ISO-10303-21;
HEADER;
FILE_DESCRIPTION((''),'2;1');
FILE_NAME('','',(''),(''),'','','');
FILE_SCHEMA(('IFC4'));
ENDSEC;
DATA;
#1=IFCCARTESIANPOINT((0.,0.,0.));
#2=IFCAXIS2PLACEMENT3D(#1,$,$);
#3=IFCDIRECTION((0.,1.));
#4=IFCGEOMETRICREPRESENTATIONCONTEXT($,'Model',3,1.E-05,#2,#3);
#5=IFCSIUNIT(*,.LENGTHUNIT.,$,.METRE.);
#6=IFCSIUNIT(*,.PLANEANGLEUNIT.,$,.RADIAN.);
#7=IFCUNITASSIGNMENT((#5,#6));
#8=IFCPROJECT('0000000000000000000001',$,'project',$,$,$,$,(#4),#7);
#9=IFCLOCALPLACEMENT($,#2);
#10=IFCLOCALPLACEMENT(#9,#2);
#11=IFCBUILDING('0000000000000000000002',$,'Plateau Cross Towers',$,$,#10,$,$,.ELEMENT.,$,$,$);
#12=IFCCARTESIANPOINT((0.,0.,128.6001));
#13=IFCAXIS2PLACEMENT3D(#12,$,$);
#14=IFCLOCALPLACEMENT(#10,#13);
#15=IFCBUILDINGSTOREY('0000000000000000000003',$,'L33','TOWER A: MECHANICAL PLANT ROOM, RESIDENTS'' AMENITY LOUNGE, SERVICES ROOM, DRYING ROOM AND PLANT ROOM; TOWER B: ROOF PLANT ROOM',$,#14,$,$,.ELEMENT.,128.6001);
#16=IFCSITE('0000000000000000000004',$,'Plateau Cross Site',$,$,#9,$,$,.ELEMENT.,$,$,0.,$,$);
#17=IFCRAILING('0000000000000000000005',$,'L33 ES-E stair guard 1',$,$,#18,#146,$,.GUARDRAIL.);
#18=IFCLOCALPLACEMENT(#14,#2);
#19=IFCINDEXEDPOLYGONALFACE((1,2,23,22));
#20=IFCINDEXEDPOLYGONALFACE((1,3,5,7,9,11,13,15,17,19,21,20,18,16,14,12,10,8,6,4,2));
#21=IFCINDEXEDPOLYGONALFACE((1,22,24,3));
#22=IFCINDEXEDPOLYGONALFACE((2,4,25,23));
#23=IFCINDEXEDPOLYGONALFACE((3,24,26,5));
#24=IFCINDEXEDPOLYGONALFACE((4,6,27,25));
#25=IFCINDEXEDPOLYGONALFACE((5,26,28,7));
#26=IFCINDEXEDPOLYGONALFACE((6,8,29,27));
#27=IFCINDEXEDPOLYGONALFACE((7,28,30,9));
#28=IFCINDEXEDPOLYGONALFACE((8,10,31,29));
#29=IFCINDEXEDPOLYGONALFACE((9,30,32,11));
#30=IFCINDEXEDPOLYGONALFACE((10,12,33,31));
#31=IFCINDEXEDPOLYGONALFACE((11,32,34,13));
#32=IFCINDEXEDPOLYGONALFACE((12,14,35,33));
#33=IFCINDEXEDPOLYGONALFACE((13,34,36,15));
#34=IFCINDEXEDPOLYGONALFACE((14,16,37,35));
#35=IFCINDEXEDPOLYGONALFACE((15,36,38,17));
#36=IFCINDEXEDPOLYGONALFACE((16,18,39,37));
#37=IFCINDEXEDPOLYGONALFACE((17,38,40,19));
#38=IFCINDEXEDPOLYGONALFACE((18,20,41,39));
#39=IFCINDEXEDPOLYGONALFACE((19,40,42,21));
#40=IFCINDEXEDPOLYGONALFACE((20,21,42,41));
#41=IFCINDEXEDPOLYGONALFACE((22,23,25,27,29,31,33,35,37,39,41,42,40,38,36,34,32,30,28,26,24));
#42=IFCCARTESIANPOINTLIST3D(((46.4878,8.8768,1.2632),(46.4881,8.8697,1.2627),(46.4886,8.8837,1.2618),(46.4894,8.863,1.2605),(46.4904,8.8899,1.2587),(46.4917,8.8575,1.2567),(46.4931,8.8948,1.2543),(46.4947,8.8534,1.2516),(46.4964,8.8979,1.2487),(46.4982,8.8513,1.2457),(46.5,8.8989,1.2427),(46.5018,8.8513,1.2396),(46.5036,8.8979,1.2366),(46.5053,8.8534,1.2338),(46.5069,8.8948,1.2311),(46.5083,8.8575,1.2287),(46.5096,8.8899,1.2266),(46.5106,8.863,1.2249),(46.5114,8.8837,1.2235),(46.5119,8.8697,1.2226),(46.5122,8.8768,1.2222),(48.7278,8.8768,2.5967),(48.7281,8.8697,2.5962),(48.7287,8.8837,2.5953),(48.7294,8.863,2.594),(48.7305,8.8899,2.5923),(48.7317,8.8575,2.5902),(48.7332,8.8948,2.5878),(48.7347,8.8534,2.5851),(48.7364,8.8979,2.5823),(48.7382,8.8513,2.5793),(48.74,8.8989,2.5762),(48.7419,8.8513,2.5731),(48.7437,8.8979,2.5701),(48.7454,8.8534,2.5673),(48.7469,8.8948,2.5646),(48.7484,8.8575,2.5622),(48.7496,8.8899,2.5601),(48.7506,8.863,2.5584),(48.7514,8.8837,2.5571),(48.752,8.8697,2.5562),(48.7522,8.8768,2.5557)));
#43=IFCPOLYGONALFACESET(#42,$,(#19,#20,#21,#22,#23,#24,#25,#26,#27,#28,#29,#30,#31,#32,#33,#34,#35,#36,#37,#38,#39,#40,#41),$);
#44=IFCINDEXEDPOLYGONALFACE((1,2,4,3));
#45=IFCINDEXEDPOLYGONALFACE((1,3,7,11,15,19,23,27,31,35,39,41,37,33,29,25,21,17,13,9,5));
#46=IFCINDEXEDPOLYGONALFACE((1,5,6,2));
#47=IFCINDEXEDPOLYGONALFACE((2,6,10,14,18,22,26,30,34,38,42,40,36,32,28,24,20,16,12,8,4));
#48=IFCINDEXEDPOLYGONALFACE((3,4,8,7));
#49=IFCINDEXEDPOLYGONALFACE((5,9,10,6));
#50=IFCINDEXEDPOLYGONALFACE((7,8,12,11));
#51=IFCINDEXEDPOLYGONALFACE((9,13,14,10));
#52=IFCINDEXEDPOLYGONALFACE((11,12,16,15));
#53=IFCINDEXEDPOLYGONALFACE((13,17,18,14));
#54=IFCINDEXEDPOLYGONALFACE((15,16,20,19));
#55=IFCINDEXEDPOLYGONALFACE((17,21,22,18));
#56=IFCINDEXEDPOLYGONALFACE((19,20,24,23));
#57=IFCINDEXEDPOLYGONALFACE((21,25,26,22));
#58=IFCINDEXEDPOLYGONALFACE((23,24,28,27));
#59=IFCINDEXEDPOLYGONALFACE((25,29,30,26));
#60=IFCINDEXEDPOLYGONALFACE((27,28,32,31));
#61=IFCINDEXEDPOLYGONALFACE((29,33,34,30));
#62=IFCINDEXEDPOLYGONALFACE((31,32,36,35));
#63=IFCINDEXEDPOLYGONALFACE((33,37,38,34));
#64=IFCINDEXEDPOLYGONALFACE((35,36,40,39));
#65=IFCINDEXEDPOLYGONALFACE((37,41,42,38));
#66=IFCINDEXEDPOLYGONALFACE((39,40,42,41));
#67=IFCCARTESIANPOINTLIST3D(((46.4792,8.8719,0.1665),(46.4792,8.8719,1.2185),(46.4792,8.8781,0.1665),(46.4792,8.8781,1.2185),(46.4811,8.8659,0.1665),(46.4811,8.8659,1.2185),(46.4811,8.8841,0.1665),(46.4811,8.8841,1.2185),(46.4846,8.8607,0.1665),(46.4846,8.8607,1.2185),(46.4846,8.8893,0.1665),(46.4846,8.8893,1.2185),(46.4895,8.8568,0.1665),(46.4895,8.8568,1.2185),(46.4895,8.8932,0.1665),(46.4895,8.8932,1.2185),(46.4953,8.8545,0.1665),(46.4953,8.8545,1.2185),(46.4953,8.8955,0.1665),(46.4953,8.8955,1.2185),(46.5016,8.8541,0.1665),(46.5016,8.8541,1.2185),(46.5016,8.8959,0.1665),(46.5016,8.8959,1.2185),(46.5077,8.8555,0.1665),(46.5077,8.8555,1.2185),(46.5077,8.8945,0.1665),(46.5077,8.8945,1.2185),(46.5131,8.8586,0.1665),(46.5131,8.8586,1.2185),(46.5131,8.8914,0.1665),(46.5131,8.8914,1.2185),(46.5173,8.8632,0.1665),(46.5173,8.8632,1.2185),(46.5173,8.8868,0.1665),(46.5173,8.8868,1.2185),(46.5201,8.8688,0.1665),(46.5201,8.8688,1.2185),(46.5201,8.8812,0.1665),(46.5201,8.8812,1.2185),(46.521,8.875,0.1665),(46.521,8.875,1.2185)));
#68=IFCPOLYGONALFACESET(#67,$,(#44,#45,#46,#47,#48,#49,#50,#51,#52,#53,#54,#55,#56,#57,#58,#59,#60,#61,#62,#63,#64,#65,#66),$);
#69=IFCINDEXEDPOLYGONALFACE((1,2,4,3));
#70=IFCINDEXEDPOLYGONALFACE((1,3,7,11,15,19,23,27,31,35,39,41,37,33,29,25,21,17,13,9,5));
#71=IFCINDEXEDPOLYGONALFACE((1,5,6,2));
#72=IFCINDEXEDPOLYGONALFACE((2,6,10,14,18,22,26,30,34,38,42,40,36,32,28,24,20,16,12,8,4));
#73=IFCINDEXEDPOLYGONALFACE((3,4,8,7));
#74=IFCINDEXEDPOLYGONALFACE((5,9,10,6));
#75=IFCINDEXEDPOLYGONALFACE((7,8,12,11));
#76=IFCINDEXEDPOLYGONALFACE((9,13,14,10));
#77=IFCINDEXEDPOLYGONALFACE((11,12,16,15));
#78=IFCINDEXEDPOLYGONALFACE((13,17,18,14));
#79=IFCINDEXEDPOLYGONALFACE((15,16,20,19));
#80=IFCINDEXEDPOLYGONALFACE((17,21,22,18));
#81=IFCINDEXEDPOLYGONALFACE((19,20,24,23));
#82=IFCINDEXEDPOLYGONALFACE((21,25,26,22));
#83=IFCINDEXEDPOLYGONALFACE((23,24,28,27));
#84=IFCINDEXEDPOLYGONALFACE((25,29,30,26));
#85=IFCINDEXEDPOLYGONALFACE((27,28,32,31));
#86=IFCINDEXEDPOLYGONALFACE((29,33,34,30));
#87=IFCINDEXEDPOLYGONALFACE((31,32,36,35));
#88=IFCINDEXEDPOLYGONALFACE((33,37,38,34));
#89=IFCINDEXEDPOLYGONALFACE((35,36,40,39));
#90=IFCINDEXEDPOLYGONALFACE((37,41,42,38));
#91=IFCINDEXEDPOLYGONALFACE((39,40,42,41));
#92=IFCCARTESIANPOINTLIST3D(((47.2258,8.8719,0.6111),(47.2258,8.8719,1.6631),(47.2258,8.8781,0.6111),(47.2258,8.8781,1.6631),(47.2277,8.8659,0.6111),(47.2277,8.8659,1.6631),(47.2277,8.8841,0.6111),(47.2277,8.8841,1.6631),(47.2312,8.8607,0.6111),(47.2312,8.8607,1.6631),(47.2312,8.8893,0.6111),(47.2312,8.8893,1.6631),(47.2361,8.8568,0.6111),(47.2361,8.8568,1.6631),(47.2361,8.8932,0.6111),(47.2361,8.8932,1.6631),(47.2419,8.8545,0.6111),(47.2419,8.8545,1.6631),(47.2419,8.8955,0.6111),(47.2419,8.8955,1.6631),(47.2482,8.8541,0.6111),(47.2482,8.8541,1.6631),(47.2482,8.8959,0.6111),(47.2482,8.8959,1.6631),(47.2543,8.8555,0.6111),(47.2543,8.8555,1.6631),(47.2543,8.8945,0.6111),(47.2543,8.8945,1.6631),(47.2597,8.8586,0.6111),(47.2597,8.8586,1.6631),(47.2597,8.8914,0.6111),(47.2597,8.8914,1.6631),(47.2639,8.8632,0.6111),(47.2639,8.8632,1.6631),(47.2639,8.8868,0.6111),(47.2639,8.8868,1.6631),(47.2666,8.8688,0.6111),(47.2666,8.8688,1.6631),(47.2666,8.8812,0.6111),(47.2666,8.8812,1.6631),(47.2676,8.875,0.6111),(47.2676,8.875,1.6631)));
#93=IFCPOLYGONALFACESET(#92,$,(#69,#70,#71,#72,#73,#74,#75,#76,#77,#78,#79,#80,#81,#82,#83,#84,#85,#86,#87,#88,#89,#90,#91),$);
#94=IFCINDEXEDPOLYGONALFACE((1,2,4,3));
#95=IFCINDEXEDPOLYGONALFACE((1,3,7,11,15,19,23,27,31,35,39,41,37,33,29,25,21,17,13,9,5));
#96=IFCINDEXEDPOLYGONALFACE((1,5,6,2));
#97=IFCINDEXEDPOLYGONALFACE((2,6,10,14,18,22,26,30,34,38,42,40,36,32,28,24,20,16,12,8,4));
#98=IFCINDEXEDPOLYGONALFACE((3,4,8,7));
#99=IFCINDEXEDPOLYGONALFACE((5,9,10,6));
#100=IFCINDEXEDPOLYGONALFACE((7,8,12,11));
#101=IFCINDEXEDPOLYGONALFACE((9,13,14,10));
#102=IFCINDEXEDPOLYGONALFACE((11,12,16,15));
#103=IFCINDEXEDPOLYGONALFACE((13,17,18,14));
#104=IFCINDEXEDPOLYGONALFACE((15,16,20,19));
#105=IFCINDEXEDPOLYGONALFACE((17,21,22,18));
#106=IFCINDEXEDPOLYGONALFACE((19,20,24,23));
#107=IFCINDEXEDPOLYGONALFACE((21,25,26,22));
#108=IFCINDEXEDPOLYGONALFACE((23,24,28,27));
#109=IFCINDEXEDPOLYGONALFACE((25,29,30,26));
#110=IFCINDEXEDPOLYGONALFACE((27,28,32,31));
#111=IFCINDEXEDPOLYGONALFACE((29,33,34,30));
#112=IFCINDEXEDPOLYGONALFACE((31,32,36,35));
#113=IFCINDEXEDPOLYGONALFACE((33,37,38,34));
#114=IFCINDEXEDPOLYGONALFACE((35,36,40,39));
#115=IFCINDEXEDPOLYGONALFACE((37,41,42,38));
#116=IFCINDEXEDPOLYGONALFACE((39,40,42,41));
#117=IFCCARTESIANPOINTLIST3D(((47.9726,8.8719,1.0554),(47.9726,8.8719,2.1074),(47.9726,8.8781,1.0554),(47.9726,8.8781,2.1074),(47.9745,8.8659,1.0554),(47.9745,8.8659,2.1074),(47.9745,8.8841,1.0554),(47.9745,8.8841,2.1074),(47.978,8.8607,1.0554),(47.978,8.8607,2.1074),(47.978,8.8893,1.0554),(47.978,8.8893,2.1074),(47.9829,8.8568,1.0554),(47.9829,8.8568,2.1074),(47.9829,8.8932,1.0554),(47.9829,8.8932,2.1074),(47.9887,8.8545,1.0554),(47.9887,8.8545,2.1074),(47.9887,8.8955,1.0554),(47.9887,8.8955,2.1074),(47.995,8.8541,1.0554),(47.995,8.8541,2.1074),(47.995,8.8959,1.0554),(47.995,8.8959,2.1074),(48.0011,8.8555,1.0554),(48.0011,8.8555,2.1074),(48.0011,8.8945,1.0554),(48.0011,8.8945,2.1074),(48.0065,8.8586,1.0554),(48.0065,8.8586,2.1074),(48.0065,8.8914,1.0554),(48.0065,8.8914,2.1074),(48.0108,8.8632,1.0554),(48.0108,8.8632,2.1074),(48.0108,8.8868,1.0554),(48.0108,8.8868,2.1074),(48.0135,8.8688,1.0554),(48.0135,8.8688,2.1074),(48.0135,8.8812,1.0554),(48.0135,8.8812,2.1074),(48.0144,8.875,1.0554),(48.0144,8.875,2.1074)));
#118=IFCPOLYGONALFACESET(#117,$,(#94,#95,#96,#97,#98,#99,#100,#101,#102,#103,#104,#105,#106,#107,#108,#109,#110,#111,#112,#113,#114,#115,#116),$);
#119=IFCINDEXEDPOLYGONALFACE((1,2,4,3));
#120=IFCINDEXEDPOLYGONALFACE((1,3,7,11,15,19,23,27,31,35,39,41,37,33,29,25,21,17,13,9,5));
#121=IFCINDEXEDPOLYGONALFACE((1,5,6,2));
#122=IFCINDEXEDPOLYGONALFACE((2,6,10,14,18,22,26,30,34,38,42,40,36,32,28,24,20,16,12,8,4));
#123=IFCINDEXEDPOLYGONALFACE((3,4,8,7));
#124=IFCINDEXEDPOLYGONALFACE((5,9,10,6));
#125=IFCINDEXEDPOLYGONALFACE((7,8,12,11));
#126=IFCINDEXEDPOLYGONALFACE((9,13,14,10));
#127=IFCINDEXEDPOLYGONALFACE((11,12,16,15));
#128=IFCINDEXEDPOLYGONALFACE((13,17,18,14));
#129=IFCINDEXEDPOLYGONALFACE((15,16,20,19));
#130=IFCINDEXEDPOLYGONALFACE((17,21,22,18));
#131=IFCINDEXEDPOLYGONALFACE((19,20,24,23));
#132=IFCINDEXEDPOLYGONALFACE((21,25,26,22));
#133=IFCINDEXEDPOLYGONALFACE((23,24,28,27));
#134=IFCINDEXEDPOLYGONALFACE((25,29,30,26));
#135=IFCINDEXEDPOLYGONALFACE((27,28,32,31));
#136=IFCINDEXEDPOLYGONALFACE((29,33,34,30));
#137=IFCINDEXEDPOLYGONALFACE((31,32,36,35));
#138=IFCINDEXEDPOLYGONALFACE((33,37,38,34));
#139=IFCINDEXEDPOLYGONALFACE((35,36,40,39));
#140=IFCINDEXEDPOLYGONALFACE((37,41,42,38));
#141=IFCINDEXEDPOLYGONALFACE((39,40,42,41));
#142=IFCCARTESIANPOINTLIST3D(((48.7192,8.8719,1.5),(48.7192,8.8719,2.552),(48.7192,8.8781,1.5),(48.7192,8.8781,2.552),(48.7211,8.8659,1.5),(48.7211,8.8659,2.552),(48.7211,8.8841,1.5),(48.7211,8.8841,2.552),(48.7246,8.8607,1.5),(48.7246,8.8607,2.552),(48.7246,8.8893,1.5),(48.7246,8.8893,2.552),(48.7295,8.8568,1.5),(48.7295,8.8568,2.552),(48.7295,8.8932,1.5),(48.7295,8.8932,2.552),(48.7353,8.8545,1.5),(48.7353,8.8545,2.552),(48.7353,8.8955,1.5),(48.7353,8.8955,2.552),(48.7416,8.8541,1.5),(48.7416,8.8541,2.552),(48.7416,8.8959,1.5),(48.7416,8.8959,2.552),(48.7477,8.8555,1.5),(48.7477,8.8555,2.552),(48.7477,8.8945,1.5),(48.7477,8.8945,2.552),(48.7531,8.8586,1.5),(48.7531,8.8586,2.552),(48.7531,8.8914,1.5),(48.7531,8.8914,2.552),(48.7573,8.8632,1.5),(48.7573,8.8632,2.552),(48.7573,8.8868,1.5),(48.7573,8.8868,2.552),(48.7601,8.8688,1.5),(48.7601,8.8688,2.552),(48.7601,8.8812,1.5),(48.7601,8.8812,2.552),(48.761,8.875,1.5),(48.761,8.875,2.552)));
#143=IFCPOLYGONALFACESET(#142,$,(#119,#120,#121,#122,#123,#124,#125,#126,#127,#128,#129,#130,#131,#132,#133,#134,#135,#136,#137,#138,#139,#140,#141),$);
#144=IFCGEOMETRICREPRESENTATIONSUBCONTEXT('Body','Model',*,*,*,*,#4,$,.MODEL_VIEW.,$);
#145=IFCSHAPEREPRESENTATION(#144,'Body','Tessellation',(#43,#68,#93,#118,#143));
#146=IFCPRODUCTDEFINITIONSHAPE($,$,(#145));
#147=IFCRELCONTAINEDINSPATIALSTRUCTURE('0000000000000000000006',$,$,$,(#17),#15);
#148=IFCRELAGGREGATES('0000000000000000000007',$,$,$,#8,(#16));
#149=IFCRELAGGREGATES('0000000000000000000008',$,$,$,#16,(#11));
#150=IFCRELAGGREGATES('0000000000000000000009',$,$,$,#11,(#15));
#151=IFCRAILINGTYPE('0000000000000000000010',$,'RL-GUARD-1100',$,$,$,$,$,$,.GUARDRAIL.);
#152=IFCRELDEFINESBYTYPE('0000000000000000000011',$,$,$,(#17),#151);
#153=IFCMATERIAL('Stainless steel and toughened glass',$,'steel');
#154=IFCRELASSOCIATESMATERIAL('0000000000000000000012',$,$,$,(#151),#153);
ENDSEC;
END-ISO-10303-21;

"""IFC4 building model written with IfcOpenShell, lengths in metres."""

from ifc_helpers import new_model, si_unit, direction, frame, origin, origin_2d, place, context, subcontext, project, spatial, circle, extrude, material, type_object, element, save


model = new_model("IFC4")

# Units and contexts
model_context = context("Model", 3, precision=1e-05, world=origin(), true_north=direction((0.0, 1.0)))
body_context = subcontext(model_context, "Body", "Model", "MODEL_VIEW")
ifc_project = project(units=[si_unit("LENGTHUNIT", "METRE"), si_unit("PLANEANGLEUNIT", "RADIAN")], contexts=[model_context])

# Site, building, storey
site_placement = place(None, origin())
site = spatial("IfcSite", under=ifc_project, at=site_placement, Name="Plateau Cross Site", CompositionType="ELEMENT", RefElevation=0.0)
building_placement = place(site_placement, origin())
building = spatial("IfcBuilding", under=site, at=building_placement, Name="Plateau Cross Towers", CompositionType="ELEMENT")
storey_placement = place(building_placement, frame((0.0, 0.0, 128.6001)))
storey = spatial("IfcBuildingStorey", under=building, at=storey_placement, Name="L33", Description="TOWER A: MECHANICAL PLANT ROOM, RESIDENTS' AMENITY LOUNGE, SERVICES ROOM, DRYING ROOM AND PLANT ROOM; TOWER B: ROOF PLANT ROOM", CompositionType="ELEMENT", Elevation=128.6001)

# Railing
ifc_material_1 = material(Name="Stainless steel and toughened glass", Category="steel")
railing_type_1 = type_object("IfcRailingType", Name="RL-GUARD-1100", PredefinedType="GUARDRAIL", material=ifc_material_1)
railing_1_placement = place(storey_placement, frame((46.5, 8.875, 0.1665)))
element("IfcRailing", 1, at=railing_1_placement, inside=storey, type_object=railing_type_1, Name="L33 ES-E stair guard 1", PredefinedType="GUARDRAIL", context=body_context, shape_type="SweptSolid", body=[
    extrude(circle(Radius=0.0239, at=origin_2d()), frame((0.0, 0.0, 1.0762), z_axis=(0.859264, 0.0, 0.511532), x_axis=(0.0, 1.0, 0.0)), (0.0, 0.0, 1.0), 2.6069),
    extrude(circle(Radius=0.021, at=origin_2d()), origin(), (0.0, 0.0, 1.0), 1.052),
    extrude(circle(Radius=0.021, at=origin_2d()), frame((0.7466, 0.0, 0.4446)), (0.0, 0.0, 1.0), 1.052),
    extrude(circle(Radius=0.021, at=origin_2d()), frame((1.4934, 0.0, 0.8889)), (0.0, 0.0, 1.0), 1.052),
    extrude(circle(Radius=0.021, at=origin_2d()), frame((2.24, 0.0, 1.3335)), (0.0, 0.0, 1.0), 1.052),
])

save(model, "model.ifc")
